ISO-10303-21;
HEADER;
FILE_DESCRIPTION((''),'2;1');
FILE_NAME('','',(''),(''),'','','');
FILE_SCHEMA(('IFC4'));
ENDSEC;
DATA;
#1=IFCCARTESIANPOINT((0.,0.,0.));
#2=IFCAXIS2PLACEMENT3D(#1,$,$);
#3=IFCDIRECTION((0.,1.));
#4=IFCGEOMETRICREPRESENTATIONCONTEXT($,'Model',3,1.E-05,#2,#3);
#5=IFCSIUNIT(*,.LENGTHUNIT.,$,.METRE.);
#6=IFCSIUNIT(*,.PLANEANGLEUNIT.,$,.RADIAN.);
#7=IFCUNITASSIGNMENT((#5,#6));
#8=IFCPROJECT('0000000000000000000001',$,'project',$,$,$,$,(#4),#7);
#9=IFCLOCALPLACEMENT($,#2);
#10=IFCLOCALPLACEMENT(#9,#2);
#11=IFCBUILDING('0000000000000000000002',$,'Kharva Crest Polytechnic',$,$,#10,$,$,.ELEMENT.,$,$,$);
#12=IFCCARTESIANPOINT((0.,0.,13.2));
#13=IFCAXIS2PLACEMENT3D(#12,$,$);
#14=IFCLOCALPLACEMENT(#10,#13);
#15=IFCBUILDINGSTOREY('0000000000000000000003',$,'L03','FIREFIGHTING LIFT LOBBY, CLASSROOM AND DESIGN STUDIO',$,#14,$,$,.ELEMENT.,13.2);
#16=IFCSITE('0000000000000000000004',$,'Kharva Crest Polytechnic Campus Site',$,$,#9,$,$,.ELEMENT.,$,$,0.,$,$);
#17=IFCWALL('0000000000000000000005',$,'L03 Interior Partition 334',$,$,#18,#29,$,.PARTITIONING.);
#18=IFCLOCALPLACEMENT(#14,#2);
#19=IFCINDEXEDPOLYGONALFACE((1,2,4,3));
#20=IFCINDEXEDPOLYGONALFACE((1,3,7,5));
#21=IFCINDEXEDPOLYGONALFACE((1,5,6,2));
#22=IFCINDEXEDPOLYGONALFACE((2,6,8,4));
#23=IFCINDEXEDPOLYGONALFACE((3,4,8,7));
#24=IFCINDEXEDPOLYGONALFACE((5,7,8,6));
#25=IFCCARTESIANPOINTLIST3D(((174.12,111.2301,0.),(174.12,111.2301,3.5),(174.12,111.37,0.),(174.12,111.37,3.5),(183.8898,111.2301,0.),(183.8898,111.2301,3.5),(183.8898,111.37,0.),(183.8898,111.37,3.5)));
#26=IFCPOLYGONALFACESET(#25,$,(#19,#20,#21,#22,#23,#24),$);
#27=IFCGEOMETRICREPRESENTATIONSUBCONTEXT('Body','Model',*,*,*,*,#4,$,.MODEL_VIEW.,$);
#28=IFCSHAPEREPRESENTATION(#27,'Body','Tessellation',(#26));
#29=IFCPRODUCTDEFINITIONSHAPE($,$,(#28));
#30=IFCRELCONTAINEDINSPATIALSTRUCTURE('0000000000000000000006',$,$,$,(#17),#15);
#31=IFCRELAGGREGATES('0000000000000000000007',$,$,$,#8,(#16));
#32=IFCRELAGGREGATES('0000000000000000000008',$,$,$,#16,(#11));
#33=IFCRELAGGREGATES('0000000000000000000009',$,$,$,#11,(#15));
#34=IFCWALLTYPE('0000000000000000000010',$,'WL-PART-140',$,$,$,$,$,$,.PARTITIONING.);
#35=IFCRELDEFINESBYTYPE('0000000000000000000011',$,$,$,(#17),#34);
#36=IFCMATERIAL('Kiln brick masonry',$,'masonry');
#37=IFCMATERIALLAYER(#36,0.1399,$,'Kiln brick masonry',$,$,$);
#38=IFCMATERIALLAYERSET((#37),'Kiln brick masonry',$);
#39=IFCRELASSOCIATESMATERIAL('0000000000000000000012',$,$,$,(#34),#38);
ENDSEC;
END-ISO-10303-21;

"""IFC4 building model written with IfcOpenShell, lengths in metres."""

from ifc_helpers import new_model, si_unit, direction, frame, frame_2d, origin, place, context, subcontext, project, spatial, rectangle, extrude, material, layer, layer_set, type_object, element, save


model = new_model("IFC4")

# Units and contexts
model_context = context("Model", 3, precision=1e-05, world=origin(), true_north=direction((0.0, 1.0)))
body_context = subcontext(model_context, "Body", "Model", "MODEL_VIEW")
ifc_project = project(units=[si_unit("LENGTHUNIT", "METRE"), si_unit("PLANEANGLEUNIT", "RADIAN")], contexts=[model_context])

# Site, building, storey
site_placement = place(None, origin())
site = spatial("IfcSite", under=ifc_project, at=site_placement, Name="Kharva Crest Polytechnic Campus Site", CompositionType="ELEMENT", RefElevation=0.0)
building_placement = place(site_placement, origin())
building = spatial("IfcBuilding", under=site, at=building_placement, Name="Kharva Crest Polytechnic", CompositionType="ELEMENT")
storey_placement = place(building_placement, frame((0.0, 0.0, 13.2)))
storey = spatial("IfcBuildingStorey", under=building, at=storey_placement, Name="L03", Description="FIREFIGHTING LIFT LOBBY, CLASSROOM AND DESIGN STUDIO", CompositionType="ELEMENT", Elevation=13.2)

# Shared definitions
ifc_material_1 = material(Name="Kiln brick masonry", Category="masonry")

# Wall
ifc_layer_1 = layer(ifc_material_1, 0.1399, Name="Kiln brick masonry")
ifc_layer_set_1 = layer_set([ifc_layer_1], Name="Kiln brick masonry")
wall_type_1 = type_object("IfcWallType", Name="WL-PART-140", PredefinedType="PARTITIONING", material=ifc_layer_set_1)
wall_1_placement = place(storey_placement, frame((174.1201, 111.3, 0.0), z_axis=(0.0, 0.0, 1.0), x_axis=(1.0, 0.0, 0.0)))
element("IfcWall", 1, at=wall_1_placement, inside=storey, type_object=wall_type_1, Name="L03 Interior Partition 334", PredefinedType="PARTITIONING", context=body_context, shape_type="SweptSolid", body=[
    extrude(rectangle(XDim=9.7698, YDim=0.1399, at=frame_2d((4.8848, 0.0))), origin(), (0.0, 0.0, 1.0), 3.5),
])

save(model, "model.ifc")
